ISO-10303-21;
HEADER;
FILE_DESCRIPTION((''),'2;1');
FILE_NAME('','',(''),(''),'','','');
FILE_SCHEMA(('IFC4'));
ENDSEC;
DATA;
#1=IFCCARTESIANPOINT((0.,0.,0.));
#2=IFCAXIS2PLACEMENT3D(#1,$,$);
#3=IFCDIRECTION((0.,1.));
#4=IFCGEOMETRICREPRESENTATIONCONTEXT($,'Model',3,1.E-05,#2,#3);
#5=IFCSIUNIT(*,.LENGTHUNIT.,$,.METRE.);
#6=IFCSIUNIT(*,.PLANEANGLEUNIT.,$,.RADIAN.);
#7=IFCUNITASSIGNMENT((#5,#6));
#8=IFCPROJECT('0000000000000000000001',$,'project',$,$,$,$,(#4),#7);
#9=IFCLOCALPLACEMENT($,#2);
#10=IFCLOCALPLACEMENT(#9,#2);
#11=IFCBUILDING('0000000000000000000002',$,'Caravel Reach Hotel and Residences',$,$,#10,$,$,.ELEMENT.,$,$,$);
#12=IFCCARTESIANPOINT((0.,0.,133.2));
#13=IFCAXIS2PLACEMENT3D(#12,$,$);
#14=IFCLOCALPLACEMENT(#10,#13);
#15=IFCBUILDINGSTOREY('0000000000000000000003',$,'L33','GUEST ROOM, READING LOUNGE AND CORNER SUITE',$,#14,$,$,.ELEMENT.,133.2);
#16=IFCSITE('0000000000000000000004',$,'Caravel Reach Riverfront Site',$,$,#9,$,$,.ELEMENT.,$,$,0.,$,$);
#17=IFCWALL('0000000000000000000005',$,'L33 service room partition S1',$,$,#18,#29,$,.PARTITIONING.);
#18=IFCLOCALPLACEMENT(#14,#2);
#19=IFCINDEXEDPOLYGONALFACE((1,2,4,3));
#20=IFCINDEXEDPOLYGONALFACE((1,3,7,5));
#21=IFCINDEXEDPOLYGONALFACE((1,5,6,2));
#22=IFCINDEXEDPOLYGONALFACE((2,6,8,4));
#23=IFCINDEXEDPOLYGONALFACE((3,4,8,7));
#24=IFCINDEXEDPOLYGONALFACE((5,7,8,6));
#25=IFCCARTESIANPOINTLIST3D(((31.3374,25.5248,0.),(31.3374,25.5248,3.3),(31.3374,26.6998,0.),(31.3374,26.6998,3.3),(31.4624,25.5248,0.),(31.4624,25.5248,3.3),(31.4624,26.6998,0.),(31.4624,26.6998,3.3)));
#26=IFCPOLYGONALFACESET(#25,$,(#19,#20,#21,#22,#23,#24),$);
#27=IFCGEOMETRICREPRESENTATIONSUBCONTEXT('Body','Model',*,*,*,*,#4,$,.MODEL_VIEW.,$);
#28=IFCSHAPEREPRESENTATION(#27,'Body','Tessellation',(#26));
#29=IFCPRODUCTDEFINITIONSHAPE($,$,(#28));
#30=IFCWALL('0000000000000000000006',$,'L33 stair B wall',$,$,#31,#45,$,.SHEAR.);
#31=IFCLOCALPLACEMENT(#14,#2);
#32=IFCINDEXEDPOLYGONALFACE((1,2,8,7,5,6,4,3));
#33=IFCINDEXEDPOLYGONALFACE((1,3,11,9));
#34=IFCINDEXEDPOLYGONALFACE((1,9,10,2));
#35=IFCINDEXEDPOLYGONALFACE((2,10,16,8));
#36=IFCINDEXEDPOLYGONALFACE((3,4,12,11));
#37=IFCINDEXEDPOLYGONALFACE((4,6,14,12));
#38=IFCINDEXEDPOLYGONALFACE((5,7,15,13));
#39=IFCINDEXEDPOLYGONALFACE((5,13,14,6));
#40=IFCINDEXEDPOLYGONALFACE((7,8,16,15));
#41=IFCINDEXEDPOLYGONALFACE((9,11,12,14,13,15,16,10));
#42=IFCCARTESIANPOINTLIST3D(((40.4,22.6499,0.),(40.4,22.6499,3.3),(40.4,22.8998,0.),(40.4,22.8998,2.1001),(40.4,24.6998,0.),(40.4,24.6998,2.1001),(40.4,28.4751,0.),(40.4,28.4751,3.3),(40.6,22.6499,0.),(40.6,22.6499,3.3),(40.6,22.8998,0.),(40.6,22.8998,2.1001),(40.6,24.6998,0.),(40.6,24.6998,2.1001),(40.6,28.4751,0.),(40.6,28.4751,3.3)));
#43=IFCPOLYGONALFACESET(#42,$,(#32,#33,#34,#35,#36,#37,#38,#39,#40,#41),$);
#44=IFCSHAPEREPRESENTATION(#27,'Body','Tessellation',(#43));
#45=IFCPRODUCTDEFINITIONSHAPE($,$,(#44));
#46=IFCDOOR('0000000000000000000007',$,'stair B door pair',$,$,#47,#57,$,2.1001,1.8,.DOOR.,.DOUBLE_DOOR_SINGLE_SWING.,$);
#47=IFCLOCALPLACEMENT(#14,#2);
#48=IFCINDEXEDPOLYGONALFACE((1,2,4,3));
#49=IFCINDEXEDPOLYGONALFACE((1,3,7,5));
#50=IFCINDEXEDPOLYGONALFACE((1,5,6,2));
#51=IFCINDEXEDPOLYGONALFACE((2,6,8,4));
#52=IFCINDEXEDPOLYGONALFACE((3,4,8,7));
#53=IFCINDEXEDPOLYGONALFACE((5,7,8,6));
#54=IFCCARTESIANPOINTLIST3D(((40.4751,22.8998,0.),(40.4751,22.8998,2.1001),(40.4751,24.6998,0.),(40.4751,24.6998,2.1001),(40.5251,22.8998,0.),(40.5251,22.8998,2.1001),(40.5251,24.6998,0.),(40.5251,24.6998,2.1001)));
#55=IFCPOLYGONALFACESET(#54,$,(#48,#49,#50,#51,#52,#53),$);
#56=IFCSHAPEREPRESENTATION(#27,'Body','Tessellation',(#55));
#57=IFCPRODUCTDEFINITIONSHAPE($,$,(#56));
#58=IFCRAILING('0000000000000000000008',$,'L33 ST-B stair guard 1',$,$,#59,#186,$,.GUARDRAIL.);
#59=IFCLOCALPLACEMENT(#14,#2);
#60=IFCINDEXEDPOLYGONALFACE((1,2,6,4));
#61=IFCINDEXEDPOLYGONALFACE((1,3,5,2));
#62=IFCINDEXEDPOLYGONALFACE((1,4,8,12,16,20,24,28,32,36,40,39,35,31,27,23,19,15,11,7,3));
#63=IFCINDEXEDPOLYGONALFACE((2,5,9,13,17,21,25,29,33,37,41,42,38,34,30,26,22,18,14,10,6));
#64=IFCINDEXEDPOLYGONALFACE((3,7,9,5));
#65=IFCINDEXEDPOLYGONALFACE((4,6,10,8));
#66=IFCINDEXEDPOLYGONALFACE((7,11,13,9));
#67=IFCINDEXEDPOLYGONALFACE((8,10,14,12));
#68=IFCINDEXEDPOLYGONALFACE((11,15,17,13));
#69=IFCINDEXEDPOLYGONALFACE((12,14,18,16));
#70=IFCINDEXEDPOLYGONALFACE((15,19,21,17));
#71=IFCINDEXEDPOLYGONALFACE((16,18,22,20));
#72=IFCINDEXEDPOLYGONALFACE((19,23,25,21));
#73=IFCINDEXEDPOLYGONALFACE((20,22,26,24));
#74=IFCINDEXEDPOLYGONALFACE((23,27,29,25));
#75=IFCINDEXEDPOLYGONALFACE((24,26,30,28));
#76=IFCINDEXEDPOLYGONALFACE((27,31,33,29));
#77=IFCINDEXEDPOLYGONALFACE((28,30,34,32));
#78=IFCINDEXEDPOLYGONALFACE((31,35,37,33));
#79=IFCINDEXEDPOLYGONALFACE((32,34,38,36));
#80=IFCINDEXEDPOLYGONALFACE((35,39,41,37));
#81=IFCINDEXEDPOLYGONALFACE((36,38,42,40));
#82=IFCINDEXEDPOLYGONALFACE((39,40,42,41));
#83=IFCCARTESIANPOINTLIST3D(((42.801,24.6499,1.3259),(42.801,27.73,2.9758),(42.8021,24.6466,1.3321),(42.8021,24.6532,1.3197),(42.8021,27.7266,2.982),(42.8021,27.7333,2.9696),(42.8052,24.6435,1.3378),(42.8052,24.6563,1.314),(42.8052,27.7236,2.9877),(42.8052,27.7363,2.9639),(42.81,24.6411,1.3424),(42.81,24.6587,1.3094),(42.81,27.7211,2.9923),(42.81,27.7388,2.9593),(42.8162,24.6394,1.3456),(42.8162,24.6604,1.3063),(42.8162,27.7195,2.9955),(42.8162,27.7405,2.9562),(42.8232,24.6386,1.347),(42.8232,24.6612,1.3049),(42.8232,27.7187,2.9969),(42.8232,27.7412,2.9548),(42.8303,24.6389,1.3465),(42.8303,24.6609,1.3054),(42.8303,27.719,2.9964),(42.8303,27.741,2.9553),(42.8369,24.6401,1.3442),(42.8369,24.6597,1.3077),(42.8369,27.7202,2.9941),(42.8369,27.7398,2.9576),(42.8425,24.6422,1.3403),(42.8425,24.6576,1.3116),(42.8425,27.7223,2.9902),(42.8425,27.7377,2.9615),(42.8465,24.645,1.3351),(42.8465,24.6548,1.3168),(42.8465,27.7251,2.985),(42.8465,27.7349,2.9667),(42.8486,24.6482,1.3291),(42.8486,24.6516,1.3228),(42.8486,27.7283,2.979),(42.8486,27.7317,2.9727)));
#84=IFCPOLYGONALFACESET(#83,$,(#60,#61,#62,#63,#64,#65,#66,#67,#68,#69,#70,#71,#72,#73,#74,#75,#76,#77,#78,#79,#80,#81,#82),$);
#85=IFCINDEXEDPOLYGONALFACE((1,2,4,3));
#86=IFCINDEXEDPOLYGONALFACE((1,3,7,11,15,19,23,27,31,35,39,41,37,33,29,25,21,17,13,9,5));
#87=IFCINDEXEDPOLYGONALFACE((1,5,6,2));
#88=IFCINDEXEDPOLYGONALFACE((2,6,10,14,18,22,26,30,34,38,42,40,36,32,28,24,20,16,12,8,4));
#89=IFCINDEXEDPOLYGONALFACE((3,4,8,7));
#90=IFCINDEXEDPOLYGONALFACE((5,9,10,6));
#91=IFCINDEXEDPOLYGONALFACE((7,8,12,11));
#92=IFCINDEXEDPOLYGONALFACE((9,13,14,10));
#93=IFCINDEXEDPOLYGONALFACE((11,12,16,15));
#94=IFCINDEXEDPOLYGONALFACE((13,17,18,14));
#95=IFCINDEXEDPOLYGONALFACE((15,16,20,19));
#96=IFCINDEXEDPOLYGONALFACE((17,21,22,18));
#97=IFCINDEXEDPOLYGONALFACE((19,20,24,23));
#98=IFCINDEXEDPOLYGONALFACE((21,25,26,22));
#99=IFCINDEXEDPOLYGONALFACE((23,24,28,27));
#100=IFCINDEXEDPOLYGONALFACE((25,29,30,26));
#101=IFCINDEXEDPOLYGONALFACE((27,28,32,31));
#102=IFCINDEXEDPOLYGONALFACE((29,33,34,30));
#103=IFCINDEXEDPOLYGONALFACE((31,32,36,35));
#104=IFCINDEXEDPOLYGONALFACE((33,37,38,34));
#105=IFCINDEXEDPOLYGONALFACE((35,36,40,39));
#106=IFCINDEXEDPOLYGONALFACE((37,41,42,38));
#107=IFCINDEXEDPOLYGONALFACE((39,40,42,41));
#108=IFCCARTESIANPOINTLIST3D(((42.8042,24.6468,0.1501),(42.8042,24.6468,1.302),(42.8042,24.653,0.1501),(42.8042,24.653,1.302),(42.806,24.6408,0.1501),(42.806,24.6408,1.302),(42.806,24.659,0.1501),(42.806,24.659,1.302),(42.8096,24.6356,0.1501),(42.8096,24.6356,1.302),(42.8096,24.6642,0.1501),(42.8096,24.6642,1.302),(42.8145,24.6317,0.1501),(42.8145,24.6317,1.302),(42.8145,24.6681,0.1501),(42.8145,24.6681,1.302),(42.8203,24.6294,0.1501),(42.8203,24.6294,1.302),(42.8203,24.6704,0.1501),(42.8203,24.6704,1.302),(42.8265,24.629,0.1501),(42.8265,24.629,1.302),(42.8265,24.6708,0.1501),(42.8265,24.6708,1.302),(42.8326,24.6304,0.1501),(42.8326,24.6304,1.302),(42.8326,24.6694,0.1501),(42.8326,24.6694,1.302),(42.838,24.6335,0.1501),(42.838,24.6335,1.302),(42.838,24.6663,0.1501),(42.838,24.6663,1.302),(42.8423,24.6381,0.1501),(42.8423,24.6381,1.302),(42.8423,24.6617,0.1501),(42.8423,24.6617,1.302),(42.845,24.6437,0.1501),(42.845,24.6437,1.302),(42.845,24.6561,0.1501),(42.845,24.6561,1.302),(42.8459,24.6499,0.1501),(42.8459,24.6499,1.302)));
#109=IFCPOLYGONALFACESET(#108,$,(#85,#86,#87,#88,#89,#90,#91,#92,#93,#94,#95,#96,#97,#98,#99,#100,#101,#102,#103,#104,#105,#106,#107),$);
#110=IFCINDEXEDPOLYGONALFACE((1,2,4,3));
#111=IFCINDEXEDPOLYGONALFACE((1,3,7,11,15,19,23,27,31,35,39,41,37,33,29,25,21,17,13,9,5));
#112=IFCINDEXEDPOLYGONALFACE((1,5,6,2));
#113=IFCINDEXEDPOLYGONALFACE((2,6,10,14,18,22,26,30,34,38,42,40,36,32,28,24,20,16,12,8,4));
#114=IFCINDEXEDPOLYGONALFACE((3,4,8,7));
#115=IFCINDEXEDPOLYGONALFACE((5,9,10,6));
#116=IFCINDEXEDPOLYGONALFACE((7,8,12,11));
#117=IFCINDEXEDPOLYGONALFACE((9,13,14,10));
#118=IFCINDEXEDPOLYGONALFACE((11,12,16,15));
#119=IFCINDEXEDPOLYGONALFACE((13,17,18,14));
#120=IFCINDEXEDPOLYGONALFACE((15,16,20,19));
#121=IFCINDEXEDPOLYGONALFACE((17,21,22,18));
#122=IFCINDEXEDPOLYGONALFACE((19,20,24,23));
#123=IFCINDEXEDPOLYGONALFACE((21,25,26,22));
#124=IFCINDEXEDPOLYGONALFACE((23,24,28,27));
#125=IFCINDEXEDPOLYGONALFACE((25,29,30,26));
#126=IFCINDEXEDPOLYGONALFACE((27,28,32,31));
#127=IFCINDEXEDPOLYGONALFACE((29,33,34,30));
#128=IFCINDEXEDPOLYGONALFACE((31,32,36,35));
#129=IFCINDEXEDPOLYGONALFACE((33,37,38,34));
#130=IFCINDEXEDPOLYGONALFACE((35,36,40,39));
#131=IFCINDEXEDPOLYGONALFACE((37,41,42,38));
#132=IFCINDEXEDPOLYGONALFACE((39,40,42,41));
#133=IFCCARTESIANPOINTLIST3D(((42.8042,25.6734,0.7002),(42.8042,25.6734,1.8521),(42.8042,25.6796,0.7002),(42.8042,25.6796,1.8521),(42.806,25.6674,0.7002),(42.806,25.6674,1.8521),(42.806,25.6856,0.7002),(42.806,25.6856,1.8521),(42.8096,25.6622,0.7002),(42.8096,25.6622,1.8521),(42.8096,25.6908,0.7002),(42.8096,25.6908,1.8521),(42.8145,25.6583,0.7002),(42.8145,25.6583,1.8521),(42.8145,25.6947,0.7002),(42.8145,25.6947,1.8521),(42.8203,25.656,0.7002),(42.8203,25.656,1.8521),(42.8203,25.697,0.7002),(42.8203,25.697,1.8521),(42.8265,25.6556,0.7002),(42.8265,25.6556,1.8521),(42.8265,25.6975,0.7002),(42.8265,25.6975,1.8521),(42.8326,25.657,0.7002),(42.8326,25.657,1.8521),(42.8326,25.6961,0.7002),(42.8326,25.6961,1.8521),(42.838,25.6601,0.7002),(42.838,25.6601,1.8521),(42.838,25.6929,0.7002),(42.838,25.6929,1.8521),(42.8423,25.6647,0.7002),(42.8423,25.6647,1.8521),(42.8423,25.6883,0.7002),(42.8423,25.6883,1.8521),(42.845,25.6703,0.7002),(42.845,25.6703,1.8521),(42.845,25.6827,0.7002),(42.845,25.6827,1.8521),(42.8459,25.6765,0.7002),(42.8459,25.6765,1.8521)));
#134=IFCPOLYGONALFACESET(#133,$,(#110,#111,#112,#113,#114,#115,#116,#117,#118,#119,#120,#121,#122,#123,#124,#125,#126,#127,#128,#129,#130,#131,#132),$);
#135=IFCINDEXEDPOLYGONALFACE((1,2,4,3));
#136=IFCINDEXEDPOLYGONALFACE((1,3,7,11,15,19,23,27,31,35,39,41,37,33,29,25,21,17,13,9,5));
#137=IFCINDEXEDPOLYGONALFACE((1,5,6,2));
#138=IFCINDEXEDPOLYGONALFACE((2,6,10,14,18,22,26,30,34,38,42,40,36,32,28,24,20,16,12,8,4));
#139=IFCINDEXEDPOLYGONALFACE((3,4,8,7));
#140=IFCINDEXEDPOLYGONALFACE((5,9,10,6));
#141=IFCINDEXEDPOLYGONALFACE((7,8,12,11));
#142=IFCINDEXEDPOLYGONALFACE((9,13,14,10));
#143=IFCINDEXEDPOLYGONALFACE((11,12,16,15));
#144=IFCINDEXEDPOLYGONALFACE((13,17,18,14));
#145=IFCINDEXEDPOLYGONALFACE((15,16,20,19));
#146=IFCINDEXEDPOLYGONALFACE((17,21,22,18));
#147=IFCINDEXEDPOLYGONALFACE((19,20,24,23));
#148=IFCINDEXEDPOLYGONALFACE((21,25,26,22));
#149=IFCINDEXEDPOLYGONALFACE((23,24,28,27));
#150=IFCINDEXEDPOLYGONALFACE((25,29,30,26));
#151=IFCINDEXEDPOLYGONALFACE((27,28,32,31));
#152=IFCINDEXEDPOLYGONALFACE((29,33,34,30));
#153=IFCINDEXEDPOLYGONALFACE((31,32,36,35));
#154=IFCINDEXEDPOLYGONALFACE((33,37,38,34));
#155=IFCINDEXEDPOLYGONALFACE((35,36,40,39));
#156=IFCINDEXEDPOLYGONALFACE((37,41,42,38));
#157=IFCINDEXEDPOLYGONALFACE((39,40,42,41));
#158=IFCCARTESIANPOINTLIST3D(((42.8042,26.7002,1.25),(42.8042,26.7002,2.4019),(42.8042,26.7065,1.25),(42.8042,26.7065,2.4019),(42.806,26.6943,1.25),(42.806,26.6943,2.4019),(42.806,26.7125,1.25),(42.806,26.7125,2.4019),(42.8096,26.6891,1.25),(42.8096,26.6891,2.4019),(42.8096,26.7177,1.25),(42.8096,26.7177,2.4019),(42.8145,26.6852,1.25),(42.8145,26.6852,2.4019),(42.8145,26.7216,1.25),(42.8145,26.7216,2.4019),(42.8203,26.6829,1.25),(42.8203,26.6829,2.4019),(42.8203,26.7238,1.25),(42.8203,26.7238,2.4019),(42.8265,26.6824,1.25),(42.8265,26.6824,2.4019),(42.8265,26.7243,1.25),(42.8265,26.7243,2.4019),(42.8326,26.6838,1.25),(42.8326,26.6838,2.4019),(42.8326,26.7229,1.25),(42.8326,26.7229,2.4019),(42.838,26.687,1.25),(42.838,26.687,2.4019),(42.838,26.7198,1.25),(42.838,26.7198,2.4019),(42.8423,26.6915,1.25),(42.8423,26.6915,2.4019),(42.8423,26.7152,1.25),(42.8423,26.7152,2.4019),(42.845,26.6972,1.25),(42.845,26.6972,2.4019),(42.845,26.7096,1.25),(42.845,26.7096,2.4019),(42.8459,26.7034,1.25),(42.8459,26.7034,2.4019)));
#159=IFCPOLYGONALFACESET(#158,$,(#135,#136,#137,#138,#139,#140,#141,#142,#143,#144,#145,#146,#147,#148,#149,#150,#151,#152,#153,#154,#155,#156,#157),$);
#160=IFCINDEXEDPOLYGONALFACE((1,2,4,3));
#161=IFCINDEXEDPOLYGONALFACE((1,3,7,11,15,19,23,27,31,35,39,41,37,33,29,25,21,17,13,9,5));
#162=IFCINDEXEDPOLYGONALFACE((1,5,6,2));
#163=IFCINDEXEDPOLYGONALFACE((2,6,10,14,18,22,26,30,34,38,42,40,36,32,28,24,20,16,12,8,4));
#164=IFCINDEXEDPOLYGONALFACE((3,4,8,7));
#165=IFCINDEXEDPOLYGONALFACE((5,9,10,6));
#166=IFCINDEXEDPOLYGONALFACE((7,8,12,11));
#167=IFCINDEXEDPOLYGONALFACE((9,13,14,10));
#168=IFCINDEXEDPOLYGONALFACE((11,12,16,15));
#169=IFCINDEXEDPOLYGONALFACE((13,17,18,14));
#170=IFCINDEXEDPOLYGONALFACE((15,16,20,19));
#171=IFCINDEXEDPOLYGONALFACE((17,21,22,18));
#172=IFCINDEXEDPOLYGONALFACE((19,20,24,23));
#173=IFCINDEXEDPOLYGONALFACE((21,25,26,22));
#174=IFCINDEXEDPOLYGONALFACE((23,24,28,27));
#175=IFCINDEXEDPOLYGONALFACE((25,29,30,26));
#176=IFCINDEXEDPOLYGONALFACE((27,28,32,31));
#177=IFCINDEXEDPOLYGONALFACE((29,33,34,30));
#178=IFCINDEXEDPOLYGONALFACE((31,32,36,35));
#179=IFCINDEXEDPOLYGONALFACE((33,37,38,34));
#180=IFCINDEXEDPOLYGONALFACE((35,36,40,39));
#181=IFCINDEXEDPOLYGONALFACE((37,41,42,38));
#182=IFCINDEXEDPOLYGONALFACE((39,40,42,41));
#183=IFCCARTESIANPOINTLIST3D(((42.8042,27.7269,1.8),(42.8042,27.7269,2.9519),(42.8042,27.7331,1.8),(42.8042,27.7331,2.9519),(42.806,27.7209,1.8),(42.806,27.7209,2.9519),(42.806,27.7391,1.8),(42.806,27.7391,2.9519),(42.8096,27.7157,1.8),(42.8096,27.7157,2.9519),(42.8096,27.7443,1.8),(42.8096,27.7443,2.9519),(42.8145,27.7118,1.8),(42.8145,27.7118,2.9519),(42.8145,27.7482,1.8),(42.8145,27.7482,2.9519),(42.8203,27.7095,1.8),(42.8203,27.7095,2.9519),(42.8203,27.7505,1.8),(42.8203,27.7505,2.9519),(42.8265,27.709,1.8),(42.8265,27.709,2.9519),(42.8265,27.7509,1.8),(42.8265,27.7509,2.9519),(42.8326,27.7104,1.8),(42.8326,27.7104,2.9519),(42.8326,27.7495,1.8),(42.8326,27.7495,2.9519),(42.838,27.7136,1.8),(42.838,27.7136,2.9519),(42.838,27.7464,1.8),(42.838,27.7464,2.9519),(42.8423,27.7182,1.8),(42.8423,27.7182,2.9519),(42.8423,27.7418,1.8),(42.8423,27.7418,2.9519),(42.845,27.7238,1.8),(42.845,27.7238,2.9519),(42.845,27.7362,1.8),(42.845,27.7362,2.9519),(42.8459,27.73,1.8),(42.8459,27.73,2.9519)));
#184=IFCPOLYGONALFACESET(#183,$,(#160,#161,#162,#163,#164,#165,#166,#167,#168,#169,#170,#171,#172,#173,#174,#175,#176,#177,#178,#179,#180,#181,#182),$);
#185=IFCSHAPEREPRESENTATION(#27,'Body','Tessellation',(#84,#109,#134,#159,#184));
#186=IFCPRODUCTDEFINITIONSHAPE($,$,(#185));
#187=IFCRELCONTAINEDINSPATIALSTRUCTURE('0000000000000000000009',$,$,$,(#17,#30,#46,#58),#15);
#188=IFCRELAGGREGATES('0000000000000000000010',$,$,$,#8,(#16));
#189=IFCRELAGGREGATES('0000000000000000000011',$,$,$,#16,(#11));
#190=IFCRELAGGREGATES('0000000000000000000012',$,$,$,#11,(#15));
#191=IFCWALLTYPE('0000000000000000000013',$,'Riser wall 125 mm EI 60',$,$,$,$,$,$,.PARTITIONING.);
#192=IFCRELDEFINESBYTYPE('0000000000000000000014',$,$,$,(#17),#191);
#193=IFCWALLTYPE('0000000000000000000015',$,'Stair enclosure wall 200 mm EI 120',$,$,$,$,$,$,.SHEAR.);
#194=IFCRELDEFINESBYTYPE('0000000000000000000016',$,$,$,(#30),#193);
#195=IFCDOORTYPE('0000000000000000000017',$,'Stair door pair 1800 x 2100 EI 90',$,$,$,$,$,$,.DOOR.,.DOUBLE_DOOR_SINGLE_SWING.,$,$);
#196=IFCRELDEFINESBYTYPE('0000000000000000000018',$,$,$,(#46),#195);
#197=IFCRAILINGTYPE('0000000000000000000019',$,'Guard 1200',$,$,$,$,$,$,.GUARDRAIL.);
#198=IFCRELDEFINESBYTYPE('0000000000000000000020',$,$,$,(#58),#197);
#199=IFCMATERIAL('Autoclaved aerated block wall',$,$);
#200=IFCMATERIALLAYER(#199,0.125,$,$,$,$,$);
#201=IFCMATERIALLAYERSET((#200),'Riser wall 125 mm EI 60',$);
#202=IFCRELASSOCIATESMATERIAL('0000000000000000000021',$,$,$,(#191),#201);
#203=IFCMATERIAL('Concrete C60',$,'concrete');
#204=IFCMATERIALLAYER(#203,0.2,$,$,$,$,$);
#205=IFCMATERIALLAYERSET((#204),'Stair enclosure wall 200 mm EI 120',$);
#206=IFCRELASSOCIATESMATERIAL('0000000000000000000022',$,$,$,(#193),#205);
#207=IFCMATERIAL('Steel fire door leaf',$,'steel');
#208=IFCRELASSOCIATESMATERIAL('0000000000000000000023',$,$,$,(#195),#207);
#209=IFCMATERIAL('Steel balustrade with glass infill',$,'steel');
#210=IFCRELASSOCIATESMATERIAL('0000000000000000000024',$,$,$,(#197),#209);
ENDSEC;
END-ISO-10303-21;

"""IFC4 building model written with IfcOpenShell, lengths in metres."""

from ifc_helpers import new_model, si_unit, direction, frame, frame_2d, origin, origin_2d, place, context, subcontext, project, spatial, rectangle, circle, extrude, material, layer, layer_set, type_object, element, fill, save


model = new_model("IFC4")

# Units and contexts
model_context = context("Model", 3, precision=1e-05, world=origin(), true_north=direction((0.0, 1.0)))
body_context = subcontext(model_context, "Body", "Model", "MODEL_VIEW")
ifc_project = project(units=[si_unit("LENGTHUNIT", "METRE"), si_unit("PLANEANGLEUNIT", "RADIAN")], contexts=[model_context])

# Site, building, storey
site_placement = place(None, origin())
site = spatial("IfcSite", under=ifc_project, at=site_placement, Name="Caravel Reach Riverfront Site", CompositionType="ELEMENT", RefElevation=0.0)
building_placement = place(site_placement, origin())
building = spatial("IfcBuilding", under=site, at=building_placement, Name="Caravel Reach Hotel and Residences", CompositionType="ELEMENT")
storey_placement = place(building_placement, frame((0.0, 0.0, 133.2)))
storey = spatial("IfcBuildingStorey", under=building, at=storey_placement, Name="L33", Description="GUEST ROOM, READING LOUNGE AND CORNER SUITE", CompositionType="ELEMENT", Elevation=133.2)

# Shared definitions
ifc_material_1 = material(Name="Autoclaved aerated block wall")
ifc_layer_1 = layer(ifc_material_1, 0.125)
ifc_layer_set_1 = layer_set([ifc_layer_1], Name="Riser wall 125 mm EI 60")
wall_type_1 = type_object("IfcWallType", Name="Riser wall 125 mm EI 60", PredefinedType="PARTITIONING", material=ifc_layer_set_1)

# Wall
for number, where, z_axis, x_axis, name in (
    (1, (31.3999, 25.5249, 0.0), (0.0, 0.0, 1.0), (0.0, 1.0, 0.0), "L33 service room partition S1"),
):
    element("IfcWall", number, at=place(storey_placement, frame(where, z_axis=z_axis, x_axis=x_axis)), inside=storey, type_object=wall_type_1, Name=name, PredefinedType="PARTITIONING", context=body_context, shape_type="SweptSolid", body=[
        extrude(rectangle(XDim=1.175, YDim=0.125, at=frame_2d((0.5874, 0.0))), origin(), (0.0, 0.0, 1.0), 3.3),
    ])

# Wall, opening, door
ifc_material_2 = material(Name="Concrete C60", Category="concrete")
ifc_layer_2 = layer(ifc_material_2, 0.2)
ifc_layer_set_2 = layer_set([ifc_layer_2], Name="Stair enclosure wall 200 mm EI 120")
wall_type_2 = type_object("IfcWallType", Name="Stair enclosure wall 200 mm EI 120", PredefinedType="SHEAR", material=ifc_layer_set_2)
wall_1_placement = place(storey_placement, frame((40.5, 22.6499, 0.0), z_axis=(0.0, 0.0, 1.0), x_axis=(0.0, 1.0, 0.0)))
wall_1 = element("IfcWall", 2, at=wall_1_placement, inside=storey, type_object=wall_type_2, Name="L33 stair B wall", PredefinedType="SHEAR", context=body_context, shape_type="SweptSolid", body=[
    extrude(rectangle(XDim=5.8252, YDim=0.2, at=frame_2d((2.9126, 0.0))), origin(), (0.0, 0.0, 1.0), 3.3),
])
opening_1_placement = place(wall_1_placement, frame((0.25, 0.0, 0.0)))
opening_1 = element("IfcOpeningElement", 3, at=opening_1_placement, cuts=wall_1, PredefinedType="OPENING", context=body_context, shape_type="SweptSolid", body=[
    extrude(rectangle(XDim=1.8, YDim=2.1001, at=frame_2d((0.8999, 1.05))), frame((0.0, 0.1099, 0.0), z_axis=(0.0, -1.0, 0.0), x_axis=(1.0, 0.0, 0.0)), (0.0, 0.0, 1.0), 0.22),
])
ifc_material_3 = material(Name="Steel fire door leaf", Category="steel")
door_type_1 = type_object("IfcDoorType", Name="Stair door pair 1800 x 2100 EI 90", OperationType="DOUBLE_DOOR_SINGLE_SWING", PredefinedType="DOOR", material=ifc_material_3)
door_1_placement = place(opening_1_placement, origin())
door_1 = element("IfcDoor", 4, at=door_1_placement, inside=storey, type_object=door_type_1, Name="stair B door pair", OperationType="DOUBLE_DOOR_SINGLE_SWING", OverallHeight=2.1001, OverallWidth=1.8, PredefinedType="DOOR", context=body_context, shape_type="SweptSolid", body=[
    extrude(rectangle(XDim=1.8, YDim=2.1001, at=frame_2d((0.8999, 1.05))), frame((0.0, 0.0249, 0.0), z_axis=(0.0, -1.0, 0.0), x_axis=(1.0, 0.0, 0.0)), (0.0, 0.0, 1.0), 0.05),
])
fill(opening_1, door_1)

# Railing
ifc_material_4 = material(Name="Steel balustrade with glass infill", Category="steel")
railing_type = type_object("IfcRailingType", Name="Guard 1200", PredefinedType="GUARDRAIL", material=ifc_material_4)
railing_1_placement = place(storey_placement, frame((42.825, 24.6499, 0.1501)))
element("IfcRailing", 5, at=railing_1_placement, inside=storey, type_object=railing_type, Name="L33 ST-B stair guard 1", PredefinedType="GUARDRAIL", context=body_context, shape_type="SweptSolid", body=[
    extrude(circle(Radius=0.0239, at=origin_2d()), frame((0.0, 0.0, 1.1758), z_axis=(0.0, 0.881497, 0.47219), x_axis=(-1.0, 0.0, 0.0)), (0.0, 0.0, 1.0), 3.4941),
    extrude(circle(Radius=0.021, at=origin_2d()), origin(), (0.0, 0.0, 1.0), 1.1519),
    extrude(circle(Radius=0.021, at=origin_2d()), frame((0.0, 1.0266, 0.55)), (0.0, 0.0, 1.0), 1.1519),
    extrude(circle(Radius=0.021, at=origin_2d()), frame((0.0, 2.0535, 1.0999)), (0.0, 0.0, 1.0), 1.1519),
    extrude(circle(Radius=0.021, at=origin_2d()), frame((0.0, 3.0801, 1.6499)), (0.0, 0.0, 1.0), 1.1519),
])

save(model, "model.ifc")
